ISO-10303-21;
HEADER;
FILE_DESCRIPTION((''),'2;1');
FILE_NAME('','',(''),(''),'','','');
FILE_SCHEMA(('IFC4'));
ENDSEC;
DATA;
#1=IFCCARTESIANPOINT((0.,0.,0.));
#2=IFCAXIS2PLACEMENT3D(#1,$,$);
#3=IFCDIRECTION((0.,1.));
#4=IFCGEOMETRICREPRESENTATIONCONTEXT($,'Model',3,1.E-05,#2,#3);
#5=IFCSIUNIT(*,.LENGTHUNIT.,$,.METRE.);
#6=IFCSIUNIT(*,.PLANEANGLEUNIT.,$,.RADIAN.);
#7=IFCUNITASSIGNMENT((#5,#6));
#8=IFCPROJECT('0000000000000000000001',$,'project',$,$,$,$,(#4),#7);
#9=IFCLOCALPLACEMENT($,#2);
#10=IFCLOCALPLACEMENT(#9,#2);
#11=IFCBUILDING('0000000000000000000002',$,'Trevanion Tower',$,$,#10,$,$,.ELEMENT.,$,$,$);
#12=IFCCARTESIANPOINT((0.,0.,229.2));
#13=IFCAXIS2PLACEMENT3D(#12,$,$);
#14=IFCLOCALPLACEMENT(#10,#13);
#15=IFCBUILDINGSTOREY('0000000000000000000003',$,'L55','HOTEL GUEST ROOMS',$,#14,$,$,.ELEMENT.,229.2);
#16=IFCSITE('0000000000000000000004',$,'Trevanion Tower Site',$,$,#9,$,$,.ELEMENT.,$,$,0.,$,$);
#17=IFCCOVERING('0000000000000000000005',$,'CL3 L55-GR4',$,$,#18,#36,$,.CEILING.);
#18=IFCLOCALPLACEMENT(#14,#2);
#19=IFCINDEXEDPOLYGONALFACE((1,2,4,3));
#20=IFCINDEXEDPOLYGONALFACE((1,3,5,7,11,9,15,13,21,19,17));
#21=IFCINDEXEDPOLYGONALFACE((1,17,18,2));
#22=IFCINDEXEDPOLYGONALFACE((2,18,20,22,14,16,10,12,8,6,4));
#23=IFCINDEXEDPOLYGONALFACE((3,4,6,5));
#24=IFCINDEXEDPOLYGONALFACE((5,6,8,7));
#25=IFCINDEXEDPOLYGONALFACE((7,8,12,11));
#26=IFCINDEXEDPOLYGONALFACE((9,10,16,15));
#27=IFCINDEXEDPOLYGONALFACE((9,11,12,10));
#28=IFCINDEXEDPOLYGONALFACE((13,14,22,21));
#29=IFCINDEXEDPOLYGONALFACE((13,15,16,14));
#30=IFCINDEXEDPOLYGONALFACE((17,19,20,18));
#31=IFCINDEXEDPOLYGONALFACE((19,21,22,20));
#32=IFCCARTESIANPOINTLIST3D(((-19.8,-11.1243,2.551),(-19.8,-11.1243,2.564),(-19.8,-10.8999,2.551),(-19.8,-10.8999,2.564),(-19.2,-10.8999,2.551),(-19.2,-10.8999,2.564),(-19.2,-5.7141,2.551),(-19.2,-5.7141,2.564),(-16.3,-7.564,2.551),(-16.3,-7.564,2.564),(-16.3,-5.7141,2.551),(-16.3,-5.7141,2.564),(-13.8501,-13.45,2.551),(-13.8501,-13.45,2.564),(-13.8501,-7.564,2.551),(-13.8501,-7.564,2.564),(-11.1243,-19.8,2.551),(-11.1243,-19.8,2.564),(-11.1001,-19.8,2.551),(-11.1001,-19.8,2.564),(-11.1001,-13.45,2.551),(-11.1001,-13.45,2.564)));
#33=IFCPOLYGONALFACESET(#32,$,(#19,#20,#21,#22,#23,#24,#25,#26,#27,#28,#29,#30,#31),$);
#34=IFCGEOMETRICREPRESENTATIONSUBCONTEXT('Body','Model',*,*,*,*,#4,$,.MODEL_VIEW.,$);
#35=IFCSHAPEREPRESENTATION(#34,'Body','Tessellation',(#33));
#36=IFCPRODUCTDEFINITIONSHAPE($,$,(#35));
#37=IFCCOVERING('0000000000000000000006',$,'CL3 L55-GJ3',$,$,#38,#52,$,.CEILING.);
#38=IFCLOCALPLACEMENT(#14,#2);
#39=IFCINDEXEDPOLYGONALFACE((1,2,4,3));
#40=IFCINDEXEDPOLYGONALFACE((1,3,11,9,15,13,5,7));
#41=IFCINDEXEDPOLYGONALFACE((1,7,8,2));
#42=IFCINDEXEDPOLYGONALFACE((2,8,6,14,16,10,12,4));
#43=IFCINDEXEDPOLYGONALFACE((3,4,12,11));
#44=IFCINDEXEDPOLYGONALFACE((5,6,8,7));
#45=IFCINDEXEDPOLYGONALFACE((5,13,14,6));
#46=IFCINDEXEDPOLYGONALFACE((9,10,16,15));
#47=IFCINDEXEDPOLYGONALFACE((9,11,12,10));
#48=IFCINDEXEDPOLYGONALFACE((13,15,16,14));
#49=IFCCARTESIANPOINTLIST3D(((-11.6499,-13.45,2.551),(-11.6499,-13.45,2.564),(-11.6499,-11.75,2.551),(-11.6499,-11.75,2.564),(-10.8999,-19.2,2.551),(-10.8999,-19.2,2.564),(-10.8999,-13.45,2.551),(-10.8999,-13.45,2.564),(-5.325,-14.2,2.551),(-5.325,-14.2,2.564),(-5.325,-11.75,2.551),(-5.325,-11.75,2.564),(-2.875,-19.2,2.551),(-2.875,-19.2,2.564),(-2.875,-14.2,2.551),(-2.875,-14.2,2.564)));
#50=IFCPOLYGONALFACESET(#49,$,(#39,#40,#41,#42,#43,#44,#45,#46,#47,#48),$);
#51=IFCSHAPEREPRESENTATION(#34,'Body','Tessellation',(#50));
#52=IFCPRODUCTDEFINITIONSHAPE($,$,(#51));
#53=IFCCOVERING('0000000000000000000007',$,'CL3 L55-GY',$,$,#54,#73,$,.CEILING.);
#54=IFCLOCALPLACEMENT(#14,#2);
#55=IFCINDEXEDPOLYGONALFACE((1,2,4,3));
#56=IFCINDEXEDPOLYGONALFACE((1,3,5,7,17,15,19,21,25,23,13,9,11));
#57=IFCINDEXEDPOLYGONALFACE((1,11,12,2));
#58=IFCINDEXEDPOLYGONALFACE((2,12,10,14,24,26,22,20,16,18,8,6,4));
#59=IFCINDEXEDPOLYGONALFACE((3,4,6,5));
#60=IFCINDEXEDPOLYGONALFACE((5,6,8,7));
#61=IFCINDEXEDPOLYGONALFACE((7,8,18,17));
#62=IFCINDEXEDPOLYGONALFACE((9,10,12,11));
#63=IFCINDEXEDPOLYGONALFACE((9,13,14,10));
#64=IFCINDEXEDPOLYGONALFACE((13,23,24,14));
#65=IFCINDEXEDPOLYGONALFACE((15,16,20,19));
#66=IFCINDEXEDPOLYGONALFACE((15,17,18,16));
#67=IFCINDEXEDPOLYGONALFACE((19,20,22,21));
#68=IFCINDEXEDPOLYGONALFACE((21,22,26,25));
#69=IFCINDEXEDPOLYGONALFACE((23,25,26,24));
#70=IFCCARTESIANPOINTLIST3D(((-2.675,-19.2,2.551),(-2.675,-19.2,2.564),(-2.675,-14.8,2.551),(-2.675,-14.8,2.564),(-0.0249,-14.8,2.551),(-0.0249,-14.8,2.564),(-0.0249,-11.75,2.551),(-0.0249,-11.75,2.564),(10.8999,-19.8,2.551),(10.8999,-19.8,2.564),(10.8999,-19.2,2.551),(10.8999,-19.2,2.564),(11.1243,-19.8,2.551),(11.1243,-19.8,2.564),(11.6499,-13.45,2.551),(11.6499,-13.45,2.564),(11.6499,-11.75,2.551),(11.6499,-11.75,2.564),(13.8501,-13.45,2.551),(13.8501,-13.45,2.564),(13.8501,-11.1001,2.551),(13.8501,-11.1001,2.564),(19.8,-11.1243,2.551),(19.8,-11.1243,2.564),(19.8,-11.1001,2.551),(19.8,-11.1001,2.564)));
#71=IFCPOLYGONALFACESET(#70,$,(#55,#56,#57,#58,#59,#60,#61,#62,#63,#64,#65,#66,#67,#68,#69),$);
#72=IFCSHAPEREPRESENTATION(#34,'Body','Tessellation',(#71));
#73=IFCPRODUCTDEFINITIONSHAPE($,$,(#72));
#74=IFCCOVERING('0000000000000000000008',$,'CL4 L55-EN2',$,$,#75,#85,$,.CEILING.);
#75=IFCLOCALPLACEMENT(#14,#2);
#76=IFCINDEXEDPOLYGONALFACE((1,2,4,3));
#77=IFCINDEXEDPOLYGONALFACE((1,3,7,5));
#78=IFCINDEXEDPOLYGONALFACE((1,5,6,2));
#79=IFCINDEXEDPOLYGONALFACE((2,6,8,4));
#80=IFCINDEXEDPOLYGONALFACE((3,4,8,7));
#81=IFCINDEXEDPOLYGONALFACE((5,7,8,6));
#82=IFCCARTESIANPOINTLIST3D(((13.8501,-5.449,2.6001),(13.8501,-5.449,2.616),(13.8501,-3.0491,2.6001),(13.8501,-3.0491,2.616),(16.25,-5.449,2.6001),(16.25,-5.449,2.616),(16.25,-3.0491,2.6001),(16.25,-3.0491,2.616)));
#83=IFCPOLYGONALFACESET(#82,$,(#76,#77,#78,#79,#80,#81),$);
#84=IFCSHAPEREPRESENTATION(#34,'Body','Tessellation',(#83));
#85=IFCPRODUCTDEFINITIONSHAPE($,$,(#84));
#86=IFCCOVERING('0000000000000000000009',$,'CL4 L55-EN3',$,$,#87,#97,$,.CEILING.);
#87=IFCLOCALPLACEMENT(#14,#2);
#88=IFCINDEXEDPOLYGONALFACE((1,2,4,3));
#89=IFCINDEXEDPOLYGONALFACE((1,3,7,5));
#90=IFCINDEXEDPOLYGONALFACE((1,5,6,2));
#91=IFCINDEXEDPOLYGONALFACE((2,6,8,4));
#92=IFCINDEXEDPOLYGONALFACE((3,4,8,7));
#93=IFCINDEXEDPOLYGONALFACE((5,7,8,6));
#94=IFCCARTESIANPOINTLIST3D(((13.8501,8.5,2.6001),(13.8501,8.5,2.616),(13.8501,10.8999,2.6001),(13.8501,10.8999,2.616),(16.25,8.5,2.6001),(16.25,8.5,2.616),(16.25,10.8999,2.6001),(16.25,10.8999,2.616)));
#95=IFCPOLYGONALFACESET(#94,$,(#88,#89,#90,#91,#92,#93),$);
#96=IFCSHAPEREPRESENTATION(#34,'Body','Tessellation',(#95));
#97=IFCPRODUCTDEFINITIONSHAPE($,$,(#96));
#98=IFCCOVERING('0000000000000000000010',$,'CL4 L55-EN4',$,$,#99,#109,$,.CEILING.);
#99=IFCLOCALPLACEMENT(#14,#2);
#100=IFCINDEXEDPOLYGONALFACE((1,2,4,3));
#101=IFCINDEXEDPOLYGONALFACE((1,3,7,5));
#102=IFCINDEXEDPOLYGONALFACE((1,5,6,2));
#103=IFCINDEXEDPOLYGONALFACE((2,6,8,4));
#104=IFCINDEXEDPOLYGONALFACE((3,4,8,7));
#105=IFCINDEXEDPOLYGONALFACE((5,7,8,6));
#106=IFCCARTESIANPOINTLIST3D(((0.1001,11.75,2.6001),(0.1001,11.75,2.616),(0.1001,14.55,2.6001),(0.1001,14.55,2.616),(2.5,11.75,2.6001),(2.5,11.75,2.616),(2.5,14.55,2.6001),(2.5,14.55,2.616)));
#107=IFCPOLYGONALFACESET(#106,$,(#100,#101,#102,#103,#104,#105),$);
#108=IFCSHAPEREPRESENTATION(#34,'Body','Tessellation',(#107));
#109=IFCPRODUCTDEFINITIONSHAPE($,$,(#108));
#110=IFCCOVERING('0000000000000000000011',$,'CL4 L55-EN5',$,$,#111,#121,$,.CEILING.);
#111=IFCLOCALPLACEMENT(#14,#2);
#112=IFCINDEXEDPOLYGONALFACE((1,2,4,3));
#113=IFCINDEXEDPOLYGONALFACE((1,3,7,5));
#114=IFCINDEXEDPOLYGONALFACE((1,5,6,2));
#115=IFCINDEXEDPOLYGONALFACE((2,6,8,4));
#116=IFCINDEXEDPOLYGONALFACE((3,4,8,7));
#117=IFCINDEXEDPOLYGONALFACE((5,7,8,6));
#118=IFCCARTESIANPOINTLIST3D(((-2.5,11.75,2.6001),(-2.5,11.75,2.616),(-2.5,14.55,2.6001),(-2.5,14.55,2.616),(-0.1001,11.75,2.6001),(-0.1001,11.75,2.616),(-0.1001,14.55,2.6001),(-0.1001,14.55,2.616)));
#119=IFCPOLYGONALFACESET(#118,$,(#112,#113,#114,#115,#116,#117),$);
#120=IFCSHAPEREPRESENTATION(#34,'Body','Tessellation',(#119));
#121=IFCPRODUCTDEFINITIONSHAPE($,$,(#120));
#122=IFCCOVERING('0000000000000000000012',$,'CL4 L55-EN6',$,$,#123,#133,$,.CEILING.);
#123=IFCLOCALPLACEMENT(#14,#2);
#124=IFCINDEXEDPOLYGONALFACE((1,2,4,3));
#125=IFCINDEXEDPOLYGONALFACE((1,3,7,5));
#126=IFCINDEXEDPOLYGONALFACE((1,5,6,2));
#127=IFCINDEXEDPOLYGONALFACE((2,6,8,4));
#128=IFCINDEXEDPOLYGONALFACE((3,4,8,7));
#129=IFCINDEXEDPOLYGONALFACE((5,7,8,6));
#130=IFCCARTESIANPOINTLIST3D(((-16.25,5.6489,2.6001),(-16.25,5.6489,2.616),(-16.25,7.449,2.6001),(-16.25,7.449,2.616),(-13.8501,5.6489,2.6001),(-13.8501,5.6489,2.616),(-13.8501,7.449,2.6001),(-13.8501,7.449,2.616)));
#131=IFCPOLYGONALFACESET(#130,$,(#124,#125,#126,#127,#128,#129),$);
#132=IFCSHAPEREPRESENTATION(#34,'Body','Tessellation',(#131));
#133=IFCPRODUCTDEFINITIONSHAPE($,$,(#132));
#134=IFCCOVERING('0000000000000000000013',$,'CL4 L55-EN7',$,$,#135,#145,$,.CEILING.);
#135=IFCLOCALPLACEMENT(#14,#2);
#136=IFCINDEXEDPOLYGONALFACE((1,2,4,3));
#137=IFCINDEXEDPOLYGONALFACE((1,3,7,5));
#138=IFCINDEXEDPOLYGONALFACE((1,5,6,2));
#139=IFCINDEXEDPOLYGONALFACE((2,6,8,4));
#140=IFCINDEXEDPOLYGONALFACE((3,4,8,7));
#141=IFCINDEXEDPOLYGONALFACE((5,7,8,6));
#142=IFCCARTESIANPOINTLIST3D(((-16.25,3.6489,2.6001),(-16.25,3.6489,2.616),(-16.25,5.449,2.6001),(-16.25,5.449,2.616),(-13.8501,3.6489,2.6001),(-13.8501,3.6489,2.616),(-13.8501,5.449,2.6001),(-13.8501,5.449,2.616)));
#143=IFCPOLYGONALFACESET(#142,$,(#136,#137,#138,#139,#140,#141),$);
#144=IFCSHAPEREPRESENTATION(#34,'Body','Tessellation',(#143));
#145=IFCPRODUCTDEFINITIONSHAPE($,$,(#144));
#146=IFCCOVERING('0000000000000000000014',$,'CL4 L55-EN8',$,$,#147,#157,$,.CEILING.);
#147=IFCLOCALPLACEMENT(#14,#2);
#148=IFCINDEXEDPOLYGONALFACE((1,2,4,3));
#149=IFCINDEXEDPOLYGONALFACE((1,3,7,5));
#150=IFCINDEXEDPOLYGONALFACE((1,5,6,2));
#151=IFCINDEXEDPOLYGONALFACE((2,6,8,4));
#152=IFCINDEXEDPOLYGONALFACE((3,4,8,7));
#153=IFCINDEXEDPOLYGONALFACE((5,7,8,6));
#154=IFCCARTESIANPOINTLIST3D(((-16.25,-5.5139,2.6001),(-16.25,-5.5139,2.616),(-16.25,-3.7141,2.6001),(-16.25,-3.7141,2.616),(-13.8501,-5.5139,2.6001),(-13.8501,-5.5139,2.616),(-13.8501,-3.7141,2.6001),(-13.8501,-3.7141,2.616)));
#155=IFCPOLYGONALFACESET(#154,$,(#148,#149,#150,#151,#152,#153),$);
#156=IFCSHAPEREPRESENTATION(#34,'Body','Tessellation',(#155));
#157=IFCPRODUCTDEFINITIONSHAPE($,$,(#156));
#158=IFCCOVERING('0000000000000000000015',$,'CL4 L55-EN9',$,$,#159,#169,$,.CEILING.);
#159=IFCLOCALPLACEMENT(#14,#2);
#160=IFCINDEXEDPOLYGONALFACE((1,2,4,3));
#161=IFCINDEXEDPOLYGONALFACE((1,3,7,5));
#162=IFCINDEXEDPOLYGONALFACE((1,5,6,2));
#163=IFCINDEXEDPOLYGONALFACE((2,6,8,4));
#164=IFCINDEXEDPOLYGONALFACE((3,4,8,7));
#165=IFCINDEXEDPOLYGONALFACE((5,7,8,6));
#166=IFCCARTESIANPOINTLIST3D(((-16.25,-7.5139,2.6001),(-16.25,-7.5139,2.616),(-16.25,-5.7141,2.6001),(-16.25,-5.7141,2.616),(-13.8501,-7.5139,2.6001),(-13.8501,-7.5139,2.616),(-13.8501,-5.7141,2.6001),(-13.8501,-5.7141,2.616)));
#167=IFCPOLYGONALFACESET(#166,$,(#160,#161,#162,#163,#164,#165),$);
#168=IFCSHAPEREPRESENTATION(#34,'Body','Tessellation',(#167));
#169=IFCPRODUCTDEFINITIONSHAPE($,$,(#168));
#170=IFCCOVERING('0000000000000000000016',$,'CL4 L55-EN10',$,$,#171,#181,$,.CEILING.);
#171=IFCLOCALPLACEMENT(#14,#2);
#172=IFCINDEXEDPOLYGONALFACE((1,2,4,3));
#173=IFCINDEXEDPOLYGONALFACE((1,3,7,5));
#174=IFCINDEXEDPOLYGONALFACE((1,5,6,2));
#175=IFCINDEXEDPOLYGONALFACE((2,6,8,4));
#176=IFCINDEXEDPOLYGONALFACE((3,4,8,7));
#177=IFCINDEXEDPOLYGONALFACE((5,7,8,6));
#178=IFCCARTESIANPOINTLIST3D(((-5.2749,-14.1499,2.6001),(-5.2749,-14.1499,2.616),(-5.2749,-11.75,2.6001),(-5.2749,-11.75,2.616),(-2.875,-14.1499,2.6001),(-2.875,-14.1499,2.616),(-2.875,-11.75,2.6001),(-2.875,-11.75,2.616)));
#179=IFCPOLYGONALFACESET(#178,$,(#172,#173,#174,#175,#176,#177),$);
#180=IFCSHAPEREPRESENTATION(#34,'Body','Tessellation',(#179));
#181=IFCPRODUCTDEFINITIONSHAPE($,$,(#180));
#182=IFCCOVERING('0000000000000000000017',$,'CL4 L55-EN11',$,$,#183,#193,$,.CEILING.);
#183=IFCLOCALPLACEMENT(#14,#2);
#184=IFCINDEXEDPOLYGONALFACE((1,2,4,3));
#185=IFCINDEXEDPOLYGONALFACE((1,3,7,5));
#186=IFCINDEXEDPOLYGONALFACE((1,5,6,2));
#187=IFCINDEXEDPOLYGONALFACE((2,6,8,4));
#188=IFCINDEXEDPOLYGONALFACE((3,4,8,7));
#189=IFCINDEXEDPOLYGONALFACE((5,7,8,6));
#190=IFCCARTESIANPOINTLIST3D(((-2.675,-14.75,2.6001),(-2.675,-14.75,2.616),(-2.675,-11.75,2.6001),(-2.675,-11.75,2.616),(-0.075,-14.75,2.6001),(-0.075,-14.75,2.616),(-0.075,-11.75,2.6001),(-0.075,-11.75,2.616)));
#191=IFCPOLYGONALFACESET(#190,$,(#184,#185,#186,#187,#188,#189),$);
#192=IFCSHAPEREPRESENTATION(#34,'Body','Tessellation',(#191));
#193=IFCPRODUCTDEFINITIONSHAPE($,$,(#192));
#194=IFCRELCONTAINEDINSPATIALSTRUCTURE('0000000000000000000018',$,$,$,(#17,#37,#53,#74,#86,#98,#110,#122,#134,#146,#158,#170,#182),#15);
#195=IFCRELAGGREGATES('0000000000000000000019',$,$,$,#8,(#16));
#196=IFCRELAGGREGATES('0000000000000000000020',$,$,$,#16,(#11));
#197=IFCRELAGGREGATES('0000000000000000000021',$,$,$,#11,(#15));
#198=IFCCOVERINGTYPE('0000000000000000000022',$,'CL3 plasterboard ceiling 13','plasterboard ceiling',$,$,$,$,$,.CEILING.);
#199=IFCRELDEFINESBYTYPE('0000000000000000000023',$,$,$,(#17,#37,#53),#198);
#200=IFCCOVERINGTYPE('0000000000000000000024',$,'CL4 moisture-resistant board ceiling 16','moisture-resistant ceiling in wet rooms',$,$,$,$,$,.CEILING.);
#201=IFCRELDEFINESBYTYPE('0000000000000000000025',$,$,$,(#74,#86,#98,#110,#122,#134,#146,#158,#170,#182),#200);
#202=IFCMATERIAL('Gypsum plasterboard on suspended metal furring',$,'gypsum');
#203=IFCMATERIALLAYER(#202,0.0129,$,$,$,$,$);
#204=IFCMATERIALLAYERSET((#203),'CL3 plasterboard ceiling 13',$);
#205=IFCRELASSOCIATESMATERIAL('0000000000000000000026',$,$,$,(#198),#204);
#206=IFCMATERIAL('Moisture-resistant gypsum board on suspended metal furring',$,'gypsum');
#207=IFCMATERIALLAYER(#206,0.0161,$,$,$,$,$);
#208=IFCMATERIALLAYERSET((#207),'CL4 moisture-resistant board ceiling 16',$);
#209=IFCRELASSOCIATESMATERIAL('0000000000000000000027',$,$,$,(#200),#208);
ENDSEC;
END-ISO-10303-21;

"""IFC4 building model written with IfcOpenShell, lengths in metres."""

from ifc_helpers import new_model, si_unit, direction, frame, origin, place, context, subcontext, project, spatial, polyline, outline, extrude, material, layer, layer_set, type_object, element, save


model = new_model("IFC4")

# Units and contexts
model_context = context("Model", 3, precision=1e-05, world=origin(), true_north=direction((0.0, 1.0)))
body_context = subcontext(model_context, "Body", "Model", "MODEL_VIEW")
ifc_project = project(units=[si_unit("LENGTHUNIT", "METRE"), si_unit("PLANEANGLEUNIT", "RADIAN")], contexts=[model_context])

# Site, building, storey
site_placement = place(None, origin())
site = spatial("IfcSite", under=ifc_project, at=site_placement, Name="Trevanion Tower Site", CompositionType="ELEMENT", RefElevation=0.0)
building_placement = place(site_placement, origin())
building = spatial("IfcBuilding", under=site, at=building_placement, Name="Trevanion Tower", CompositionType="ELEMENT")
storey_placement = place(building_placement, frame((0.0, 0.0, 229.2)))
storey = spatial("IfcBuildingStorey", under=building, at=storey_placement, Name="L55", Description="HOTEL GUEST ROOMS", CompositionType="ELEMENT", Elevation=229.2)

# Coverings
ifc_material_1 = material(Name="Gypsum plasterboard on suspended metal furring", Category="gypsum")
ifc_layer_1 = layer(ifc_material_1, 0.0129)
ifc_layer_set_1 = layer_set([ifc_layer_1], Name="CL3 plasterboard ceiling 13")
covering_type_1 = type_object("IfcCoveringType", Name="CL3 plasterboard ceiling 13", Description="plasterboard ceiling", PredefinedType="CEILING", material=ifc_layer_set_1)
covering_1_placement = place(storey_placement, frame((0.0, 0.0, 2.551)))
element("IfcCovering", 1, at=covering_1_placement, inside=storey, type_object=covering_type_1, Name="CL3 L55-GR4", PredefinedType="CEILING", context=body_context, shape_type="SweptSolid", body=[
    extrude(outline(polyline([(-11.1001, -13.45), (-11.1001, -19.8), (-11.1243, -19.8), (-19.8, -11.1243), (-19.8, -10.8999), (-19.2, -10.8999), (-19.2, -5.7141), (-16.3, -5.7141), (-16.3, -7.564), (-13.8501, -7.564), (-13.8501, -13.45), (-11.1001, -13.45)])), origin(), (0.0, 0.0, 1.0), 0.0129),
])
covering_2_placement = place(storey_placement, frame((0.0, 0.0, 2.551)))
element("IfcCovering", 2, at=covering_2_placement, inside=storey, type_object=covering_type_1, Name="CL3 L55-GJ3", PredefinedType="CEILING", context=body_context, shape_type="SweptSolid", body=[
    extrude(outline(polyline([(-2.875, -19.2), (-10.8999, -19.2), (-10.8999, -13.45), (-11.6499, -13.45), (-11.6499, -11.75), (-5.325, -11.75), (-5.325, -14.2), (-2.875, -14.2), (-2.875, -19.2)])), origin(), (0.0, 0.0, 1.0), 0.0129),
])
covering_3_placement = place(storey_placement, frame((0.0, 0.0, 2.551)))
element("IfcCovering", 3, at=covering_3_placement, inside=storey, type_object=covering_type_1, Name="CL3 L55-GY", PredefinedType="CEILING", context=body_context, shape_type="SweptSolid", body=[
    extrude(outline(polyline([(13.8501, -11.1001), (19.8, -11.1001), (19.8, -11.1243), (11.1243, -19.8), (10.8999, -19.8), (10.8999, -19.2), (-2.675, -19.2), (-2.675, -14.8), (-0.0249, -14.8), (-0.0249, -11.75), (11.6499, -11.75), (11.6499, -13.45), (13.8501, -13.45), (13.8501, -11.1001)])), origin(), (0.0, 0.0, 1.0), 0.0129),
])
ifc_material_2 = material(Name="Moisture-resistant gypsum board on suspended metal furring", Category="gypsum")
ifc_layer_2 = layer(ifc_material_2, 0.0161)
ifc_layer_set_2 = layer_set([ifc_layer_2], Name="CL4 moisture-resistant board ceiling 16")
covering_type_2 = type_object("IfcCoveringType", Name="CL4 moisture-resistant board ceiling 16", Description="moisture-resistant ceiling in wet rooms", PredefinedType="CEILING", material=ifc_layer_set_2)
covering_4_placement = place(storey_placement, frame((0.0, 0.0, 2.6001)))
element("IfcCovering", 4, at=covering_4_placement, inside=storey, type_object=covering_type_2, Name="CL4 L55-EN2", PredefinedType="CEILING", context=body_context, shape_type="SweptSolid", body=[
    extrude(outline(polyline([(16.25, -5.449), (16.25, -3.0491), (13.8501, -3.0491), (13.8501, -5.449), (16.25, -5.449)])), origin(), (0.0, 0.0, 1.0), 0.0159),
])
covering_5_placement = place(storey_placement, frame((0.0, 0.0, 2.6001)))
element("IfcCovering", 5, at=covering_5_placement, inside=storey, type_object=covering_type_2, Name="CL4 L55-EN3", PredefinedType="CEILING", context=body_context, shape_type="SweptSolid", body=[
    extrude(outline(polyline([(16.25, 8.5), (16.25, 10.8999), (13.8501, 10.8999), (13.8501, 8.5), (16.25, 8.5)])), origin(), (0.0, 0.0, 1.0), 0.0159),
])
covering_6_placement = place(storey_placement, frame((0.0, 0.0, 2.6001)))
element("IfcCovering", 6, at=covering_6_placement, inside=storey, type_object=covering_type_2, Name="CL4 L55-EN4", PredefinedType="CEILING", context=body_context, shape_type="SweptSolid", body=[
    extrude(outline(polyline([(2.5, 14.55), (0.1001, 14.55), (0.1001, 11.75), (2.5, 11.75), (2.5, 14.55)])), origin(), (0.0, 0.0, 1.0), 0.0159),
])
covering_7_placement = place(storey_placement, frame((0.0, 0.0, 2.6001)))
element("IfcCovering", 7, at=covering_7_placement, inside=storey, type_object=covering_type_2, Name="CL4 L55-EN5", PredefinedType="CEILING", context=body_context, shape_type="SweptSolid", body=[
    extrude(outline(polyline([(-0.1001, 14.55), (-2.5, 14.55), (-2.5, 11.75), (-0.1001, 11.75), (-0.1001, 14.55)])), origin(), (0.0, 0.0, 1.0), 0.0159),
])
covering_8_placement = place(storey_placement, frame((0.0, 0.0, 2.6001)))
element("IfcCovering", 8, at=covering_8_placement, inside=storey, type_object=covering_type_2, Name="CL4 L55-EN6", PredefinedType="CEILING", context=body_context, shape_type="SweptSolid", body=[
    extrude(outline(polyline([(-16.25, 7.449), (-16.25, 5.6489), (-13.8501, 5.6489), (-13.8501, 7.449), (-16.25, 7.449)])), origin(), (0.0, 0.0, 1.0), 0.0159),
])
covering_9_placement = place(storey_placement, frame((0.0, 0.0, 2.6001)))
element("IfcCovering", 9, at=covering_9_placement, inside=storey, type_object=covering_type_2, Name="CL4 L55-EN7", PredefinedType="CEILING", context=body_context, shape_type="SweptSolid", body=[
    extrude(outline(polyline([(-16.25, 5.449), (-16.25, 3.6489), (-13.8501, 3.6489), (-13.8501, 5.449), (-16.25, 5.449)])), origin(), (0.0, 0.0, 1.0), 0.0159),
])
covering_10_placement = place(storey_placement, frame((0.0, 0.0, 2.6001)))
element("IfcCovering", 10, at=covering_10_placement, inside=storey, type_object=covering_type_2, Name="CL4 L55-EN8", PredefinedType="CEILING", context=body_context, shape_type="SweptSolid", body=[
    extrude(outline(polyline([(-16.25, -3.7141), (-16.25, -5.5139), (-13.8501, -5.5139), (-13.8501, -3.7141), (-16.25, -3.7141)])), origin(), (0.0, 0.0, 1.0), 0.0159),
])
covering_11_placement = place(storey_placement, frame((0.0, 0.0, 2.6001)))
element("IfcCovering", 11, at=covering_11_placement, inside=storey, type_object=covering_type_2, Name="CL4 L55-EN9", PredefinedType="CEILING", context=body_context, shape_type="SweptSolid", body=[
    extrude(outline(polyline([(-16.25, -5.7141), (-16.25, -7.5139), (-13.8501, -7.5139), (-13.8501, -5.7141), (-16.25, -5.7141)])), origin(), (0.0, 0.0, 1.0), 0.0159),
])
covering_12_placement = place(storey_placement, frame((0.0, 0.0, 2.6001)))
element("IfcCovering", 12, at=covering_12_placement, inside=storey, type_object=covering_type_2, Name="CL4 L55-EN10", PredefinedType="CEILING", context=body_context, shape_type="SweptSolid", body=[
    extrude(outline(polyline([(-5.2749, -14.1499), (-2.875, -14.1499), (-2.875, -11.75), (-5.2749, -11.75), (-5.2749, -14.1499)])), origin(), (0.0, 0.0, 1.0), 0.0159),
])
covering_13_placement = place(storey_placement, frame((0.0, 0.0, 2.6001)))
element("IfcCovering", 13, at=covering_13_placement, inside=storey, type_object=covering_type_2, Name="CL4 L55-EN11", PredefinedType="CEILING", context=body_context, shape_type="SweptSolid", body=[
    extrude(outline(polyline([(-2.675, -14.75), (-0.075, -14.75), (-0.075, -11.75), (-2.675, -11.75), (-2.675, -14.75)])), origin(), (0.0, 0.0, 1.0), 0.0159),
])

save(model, "model.ifc")
